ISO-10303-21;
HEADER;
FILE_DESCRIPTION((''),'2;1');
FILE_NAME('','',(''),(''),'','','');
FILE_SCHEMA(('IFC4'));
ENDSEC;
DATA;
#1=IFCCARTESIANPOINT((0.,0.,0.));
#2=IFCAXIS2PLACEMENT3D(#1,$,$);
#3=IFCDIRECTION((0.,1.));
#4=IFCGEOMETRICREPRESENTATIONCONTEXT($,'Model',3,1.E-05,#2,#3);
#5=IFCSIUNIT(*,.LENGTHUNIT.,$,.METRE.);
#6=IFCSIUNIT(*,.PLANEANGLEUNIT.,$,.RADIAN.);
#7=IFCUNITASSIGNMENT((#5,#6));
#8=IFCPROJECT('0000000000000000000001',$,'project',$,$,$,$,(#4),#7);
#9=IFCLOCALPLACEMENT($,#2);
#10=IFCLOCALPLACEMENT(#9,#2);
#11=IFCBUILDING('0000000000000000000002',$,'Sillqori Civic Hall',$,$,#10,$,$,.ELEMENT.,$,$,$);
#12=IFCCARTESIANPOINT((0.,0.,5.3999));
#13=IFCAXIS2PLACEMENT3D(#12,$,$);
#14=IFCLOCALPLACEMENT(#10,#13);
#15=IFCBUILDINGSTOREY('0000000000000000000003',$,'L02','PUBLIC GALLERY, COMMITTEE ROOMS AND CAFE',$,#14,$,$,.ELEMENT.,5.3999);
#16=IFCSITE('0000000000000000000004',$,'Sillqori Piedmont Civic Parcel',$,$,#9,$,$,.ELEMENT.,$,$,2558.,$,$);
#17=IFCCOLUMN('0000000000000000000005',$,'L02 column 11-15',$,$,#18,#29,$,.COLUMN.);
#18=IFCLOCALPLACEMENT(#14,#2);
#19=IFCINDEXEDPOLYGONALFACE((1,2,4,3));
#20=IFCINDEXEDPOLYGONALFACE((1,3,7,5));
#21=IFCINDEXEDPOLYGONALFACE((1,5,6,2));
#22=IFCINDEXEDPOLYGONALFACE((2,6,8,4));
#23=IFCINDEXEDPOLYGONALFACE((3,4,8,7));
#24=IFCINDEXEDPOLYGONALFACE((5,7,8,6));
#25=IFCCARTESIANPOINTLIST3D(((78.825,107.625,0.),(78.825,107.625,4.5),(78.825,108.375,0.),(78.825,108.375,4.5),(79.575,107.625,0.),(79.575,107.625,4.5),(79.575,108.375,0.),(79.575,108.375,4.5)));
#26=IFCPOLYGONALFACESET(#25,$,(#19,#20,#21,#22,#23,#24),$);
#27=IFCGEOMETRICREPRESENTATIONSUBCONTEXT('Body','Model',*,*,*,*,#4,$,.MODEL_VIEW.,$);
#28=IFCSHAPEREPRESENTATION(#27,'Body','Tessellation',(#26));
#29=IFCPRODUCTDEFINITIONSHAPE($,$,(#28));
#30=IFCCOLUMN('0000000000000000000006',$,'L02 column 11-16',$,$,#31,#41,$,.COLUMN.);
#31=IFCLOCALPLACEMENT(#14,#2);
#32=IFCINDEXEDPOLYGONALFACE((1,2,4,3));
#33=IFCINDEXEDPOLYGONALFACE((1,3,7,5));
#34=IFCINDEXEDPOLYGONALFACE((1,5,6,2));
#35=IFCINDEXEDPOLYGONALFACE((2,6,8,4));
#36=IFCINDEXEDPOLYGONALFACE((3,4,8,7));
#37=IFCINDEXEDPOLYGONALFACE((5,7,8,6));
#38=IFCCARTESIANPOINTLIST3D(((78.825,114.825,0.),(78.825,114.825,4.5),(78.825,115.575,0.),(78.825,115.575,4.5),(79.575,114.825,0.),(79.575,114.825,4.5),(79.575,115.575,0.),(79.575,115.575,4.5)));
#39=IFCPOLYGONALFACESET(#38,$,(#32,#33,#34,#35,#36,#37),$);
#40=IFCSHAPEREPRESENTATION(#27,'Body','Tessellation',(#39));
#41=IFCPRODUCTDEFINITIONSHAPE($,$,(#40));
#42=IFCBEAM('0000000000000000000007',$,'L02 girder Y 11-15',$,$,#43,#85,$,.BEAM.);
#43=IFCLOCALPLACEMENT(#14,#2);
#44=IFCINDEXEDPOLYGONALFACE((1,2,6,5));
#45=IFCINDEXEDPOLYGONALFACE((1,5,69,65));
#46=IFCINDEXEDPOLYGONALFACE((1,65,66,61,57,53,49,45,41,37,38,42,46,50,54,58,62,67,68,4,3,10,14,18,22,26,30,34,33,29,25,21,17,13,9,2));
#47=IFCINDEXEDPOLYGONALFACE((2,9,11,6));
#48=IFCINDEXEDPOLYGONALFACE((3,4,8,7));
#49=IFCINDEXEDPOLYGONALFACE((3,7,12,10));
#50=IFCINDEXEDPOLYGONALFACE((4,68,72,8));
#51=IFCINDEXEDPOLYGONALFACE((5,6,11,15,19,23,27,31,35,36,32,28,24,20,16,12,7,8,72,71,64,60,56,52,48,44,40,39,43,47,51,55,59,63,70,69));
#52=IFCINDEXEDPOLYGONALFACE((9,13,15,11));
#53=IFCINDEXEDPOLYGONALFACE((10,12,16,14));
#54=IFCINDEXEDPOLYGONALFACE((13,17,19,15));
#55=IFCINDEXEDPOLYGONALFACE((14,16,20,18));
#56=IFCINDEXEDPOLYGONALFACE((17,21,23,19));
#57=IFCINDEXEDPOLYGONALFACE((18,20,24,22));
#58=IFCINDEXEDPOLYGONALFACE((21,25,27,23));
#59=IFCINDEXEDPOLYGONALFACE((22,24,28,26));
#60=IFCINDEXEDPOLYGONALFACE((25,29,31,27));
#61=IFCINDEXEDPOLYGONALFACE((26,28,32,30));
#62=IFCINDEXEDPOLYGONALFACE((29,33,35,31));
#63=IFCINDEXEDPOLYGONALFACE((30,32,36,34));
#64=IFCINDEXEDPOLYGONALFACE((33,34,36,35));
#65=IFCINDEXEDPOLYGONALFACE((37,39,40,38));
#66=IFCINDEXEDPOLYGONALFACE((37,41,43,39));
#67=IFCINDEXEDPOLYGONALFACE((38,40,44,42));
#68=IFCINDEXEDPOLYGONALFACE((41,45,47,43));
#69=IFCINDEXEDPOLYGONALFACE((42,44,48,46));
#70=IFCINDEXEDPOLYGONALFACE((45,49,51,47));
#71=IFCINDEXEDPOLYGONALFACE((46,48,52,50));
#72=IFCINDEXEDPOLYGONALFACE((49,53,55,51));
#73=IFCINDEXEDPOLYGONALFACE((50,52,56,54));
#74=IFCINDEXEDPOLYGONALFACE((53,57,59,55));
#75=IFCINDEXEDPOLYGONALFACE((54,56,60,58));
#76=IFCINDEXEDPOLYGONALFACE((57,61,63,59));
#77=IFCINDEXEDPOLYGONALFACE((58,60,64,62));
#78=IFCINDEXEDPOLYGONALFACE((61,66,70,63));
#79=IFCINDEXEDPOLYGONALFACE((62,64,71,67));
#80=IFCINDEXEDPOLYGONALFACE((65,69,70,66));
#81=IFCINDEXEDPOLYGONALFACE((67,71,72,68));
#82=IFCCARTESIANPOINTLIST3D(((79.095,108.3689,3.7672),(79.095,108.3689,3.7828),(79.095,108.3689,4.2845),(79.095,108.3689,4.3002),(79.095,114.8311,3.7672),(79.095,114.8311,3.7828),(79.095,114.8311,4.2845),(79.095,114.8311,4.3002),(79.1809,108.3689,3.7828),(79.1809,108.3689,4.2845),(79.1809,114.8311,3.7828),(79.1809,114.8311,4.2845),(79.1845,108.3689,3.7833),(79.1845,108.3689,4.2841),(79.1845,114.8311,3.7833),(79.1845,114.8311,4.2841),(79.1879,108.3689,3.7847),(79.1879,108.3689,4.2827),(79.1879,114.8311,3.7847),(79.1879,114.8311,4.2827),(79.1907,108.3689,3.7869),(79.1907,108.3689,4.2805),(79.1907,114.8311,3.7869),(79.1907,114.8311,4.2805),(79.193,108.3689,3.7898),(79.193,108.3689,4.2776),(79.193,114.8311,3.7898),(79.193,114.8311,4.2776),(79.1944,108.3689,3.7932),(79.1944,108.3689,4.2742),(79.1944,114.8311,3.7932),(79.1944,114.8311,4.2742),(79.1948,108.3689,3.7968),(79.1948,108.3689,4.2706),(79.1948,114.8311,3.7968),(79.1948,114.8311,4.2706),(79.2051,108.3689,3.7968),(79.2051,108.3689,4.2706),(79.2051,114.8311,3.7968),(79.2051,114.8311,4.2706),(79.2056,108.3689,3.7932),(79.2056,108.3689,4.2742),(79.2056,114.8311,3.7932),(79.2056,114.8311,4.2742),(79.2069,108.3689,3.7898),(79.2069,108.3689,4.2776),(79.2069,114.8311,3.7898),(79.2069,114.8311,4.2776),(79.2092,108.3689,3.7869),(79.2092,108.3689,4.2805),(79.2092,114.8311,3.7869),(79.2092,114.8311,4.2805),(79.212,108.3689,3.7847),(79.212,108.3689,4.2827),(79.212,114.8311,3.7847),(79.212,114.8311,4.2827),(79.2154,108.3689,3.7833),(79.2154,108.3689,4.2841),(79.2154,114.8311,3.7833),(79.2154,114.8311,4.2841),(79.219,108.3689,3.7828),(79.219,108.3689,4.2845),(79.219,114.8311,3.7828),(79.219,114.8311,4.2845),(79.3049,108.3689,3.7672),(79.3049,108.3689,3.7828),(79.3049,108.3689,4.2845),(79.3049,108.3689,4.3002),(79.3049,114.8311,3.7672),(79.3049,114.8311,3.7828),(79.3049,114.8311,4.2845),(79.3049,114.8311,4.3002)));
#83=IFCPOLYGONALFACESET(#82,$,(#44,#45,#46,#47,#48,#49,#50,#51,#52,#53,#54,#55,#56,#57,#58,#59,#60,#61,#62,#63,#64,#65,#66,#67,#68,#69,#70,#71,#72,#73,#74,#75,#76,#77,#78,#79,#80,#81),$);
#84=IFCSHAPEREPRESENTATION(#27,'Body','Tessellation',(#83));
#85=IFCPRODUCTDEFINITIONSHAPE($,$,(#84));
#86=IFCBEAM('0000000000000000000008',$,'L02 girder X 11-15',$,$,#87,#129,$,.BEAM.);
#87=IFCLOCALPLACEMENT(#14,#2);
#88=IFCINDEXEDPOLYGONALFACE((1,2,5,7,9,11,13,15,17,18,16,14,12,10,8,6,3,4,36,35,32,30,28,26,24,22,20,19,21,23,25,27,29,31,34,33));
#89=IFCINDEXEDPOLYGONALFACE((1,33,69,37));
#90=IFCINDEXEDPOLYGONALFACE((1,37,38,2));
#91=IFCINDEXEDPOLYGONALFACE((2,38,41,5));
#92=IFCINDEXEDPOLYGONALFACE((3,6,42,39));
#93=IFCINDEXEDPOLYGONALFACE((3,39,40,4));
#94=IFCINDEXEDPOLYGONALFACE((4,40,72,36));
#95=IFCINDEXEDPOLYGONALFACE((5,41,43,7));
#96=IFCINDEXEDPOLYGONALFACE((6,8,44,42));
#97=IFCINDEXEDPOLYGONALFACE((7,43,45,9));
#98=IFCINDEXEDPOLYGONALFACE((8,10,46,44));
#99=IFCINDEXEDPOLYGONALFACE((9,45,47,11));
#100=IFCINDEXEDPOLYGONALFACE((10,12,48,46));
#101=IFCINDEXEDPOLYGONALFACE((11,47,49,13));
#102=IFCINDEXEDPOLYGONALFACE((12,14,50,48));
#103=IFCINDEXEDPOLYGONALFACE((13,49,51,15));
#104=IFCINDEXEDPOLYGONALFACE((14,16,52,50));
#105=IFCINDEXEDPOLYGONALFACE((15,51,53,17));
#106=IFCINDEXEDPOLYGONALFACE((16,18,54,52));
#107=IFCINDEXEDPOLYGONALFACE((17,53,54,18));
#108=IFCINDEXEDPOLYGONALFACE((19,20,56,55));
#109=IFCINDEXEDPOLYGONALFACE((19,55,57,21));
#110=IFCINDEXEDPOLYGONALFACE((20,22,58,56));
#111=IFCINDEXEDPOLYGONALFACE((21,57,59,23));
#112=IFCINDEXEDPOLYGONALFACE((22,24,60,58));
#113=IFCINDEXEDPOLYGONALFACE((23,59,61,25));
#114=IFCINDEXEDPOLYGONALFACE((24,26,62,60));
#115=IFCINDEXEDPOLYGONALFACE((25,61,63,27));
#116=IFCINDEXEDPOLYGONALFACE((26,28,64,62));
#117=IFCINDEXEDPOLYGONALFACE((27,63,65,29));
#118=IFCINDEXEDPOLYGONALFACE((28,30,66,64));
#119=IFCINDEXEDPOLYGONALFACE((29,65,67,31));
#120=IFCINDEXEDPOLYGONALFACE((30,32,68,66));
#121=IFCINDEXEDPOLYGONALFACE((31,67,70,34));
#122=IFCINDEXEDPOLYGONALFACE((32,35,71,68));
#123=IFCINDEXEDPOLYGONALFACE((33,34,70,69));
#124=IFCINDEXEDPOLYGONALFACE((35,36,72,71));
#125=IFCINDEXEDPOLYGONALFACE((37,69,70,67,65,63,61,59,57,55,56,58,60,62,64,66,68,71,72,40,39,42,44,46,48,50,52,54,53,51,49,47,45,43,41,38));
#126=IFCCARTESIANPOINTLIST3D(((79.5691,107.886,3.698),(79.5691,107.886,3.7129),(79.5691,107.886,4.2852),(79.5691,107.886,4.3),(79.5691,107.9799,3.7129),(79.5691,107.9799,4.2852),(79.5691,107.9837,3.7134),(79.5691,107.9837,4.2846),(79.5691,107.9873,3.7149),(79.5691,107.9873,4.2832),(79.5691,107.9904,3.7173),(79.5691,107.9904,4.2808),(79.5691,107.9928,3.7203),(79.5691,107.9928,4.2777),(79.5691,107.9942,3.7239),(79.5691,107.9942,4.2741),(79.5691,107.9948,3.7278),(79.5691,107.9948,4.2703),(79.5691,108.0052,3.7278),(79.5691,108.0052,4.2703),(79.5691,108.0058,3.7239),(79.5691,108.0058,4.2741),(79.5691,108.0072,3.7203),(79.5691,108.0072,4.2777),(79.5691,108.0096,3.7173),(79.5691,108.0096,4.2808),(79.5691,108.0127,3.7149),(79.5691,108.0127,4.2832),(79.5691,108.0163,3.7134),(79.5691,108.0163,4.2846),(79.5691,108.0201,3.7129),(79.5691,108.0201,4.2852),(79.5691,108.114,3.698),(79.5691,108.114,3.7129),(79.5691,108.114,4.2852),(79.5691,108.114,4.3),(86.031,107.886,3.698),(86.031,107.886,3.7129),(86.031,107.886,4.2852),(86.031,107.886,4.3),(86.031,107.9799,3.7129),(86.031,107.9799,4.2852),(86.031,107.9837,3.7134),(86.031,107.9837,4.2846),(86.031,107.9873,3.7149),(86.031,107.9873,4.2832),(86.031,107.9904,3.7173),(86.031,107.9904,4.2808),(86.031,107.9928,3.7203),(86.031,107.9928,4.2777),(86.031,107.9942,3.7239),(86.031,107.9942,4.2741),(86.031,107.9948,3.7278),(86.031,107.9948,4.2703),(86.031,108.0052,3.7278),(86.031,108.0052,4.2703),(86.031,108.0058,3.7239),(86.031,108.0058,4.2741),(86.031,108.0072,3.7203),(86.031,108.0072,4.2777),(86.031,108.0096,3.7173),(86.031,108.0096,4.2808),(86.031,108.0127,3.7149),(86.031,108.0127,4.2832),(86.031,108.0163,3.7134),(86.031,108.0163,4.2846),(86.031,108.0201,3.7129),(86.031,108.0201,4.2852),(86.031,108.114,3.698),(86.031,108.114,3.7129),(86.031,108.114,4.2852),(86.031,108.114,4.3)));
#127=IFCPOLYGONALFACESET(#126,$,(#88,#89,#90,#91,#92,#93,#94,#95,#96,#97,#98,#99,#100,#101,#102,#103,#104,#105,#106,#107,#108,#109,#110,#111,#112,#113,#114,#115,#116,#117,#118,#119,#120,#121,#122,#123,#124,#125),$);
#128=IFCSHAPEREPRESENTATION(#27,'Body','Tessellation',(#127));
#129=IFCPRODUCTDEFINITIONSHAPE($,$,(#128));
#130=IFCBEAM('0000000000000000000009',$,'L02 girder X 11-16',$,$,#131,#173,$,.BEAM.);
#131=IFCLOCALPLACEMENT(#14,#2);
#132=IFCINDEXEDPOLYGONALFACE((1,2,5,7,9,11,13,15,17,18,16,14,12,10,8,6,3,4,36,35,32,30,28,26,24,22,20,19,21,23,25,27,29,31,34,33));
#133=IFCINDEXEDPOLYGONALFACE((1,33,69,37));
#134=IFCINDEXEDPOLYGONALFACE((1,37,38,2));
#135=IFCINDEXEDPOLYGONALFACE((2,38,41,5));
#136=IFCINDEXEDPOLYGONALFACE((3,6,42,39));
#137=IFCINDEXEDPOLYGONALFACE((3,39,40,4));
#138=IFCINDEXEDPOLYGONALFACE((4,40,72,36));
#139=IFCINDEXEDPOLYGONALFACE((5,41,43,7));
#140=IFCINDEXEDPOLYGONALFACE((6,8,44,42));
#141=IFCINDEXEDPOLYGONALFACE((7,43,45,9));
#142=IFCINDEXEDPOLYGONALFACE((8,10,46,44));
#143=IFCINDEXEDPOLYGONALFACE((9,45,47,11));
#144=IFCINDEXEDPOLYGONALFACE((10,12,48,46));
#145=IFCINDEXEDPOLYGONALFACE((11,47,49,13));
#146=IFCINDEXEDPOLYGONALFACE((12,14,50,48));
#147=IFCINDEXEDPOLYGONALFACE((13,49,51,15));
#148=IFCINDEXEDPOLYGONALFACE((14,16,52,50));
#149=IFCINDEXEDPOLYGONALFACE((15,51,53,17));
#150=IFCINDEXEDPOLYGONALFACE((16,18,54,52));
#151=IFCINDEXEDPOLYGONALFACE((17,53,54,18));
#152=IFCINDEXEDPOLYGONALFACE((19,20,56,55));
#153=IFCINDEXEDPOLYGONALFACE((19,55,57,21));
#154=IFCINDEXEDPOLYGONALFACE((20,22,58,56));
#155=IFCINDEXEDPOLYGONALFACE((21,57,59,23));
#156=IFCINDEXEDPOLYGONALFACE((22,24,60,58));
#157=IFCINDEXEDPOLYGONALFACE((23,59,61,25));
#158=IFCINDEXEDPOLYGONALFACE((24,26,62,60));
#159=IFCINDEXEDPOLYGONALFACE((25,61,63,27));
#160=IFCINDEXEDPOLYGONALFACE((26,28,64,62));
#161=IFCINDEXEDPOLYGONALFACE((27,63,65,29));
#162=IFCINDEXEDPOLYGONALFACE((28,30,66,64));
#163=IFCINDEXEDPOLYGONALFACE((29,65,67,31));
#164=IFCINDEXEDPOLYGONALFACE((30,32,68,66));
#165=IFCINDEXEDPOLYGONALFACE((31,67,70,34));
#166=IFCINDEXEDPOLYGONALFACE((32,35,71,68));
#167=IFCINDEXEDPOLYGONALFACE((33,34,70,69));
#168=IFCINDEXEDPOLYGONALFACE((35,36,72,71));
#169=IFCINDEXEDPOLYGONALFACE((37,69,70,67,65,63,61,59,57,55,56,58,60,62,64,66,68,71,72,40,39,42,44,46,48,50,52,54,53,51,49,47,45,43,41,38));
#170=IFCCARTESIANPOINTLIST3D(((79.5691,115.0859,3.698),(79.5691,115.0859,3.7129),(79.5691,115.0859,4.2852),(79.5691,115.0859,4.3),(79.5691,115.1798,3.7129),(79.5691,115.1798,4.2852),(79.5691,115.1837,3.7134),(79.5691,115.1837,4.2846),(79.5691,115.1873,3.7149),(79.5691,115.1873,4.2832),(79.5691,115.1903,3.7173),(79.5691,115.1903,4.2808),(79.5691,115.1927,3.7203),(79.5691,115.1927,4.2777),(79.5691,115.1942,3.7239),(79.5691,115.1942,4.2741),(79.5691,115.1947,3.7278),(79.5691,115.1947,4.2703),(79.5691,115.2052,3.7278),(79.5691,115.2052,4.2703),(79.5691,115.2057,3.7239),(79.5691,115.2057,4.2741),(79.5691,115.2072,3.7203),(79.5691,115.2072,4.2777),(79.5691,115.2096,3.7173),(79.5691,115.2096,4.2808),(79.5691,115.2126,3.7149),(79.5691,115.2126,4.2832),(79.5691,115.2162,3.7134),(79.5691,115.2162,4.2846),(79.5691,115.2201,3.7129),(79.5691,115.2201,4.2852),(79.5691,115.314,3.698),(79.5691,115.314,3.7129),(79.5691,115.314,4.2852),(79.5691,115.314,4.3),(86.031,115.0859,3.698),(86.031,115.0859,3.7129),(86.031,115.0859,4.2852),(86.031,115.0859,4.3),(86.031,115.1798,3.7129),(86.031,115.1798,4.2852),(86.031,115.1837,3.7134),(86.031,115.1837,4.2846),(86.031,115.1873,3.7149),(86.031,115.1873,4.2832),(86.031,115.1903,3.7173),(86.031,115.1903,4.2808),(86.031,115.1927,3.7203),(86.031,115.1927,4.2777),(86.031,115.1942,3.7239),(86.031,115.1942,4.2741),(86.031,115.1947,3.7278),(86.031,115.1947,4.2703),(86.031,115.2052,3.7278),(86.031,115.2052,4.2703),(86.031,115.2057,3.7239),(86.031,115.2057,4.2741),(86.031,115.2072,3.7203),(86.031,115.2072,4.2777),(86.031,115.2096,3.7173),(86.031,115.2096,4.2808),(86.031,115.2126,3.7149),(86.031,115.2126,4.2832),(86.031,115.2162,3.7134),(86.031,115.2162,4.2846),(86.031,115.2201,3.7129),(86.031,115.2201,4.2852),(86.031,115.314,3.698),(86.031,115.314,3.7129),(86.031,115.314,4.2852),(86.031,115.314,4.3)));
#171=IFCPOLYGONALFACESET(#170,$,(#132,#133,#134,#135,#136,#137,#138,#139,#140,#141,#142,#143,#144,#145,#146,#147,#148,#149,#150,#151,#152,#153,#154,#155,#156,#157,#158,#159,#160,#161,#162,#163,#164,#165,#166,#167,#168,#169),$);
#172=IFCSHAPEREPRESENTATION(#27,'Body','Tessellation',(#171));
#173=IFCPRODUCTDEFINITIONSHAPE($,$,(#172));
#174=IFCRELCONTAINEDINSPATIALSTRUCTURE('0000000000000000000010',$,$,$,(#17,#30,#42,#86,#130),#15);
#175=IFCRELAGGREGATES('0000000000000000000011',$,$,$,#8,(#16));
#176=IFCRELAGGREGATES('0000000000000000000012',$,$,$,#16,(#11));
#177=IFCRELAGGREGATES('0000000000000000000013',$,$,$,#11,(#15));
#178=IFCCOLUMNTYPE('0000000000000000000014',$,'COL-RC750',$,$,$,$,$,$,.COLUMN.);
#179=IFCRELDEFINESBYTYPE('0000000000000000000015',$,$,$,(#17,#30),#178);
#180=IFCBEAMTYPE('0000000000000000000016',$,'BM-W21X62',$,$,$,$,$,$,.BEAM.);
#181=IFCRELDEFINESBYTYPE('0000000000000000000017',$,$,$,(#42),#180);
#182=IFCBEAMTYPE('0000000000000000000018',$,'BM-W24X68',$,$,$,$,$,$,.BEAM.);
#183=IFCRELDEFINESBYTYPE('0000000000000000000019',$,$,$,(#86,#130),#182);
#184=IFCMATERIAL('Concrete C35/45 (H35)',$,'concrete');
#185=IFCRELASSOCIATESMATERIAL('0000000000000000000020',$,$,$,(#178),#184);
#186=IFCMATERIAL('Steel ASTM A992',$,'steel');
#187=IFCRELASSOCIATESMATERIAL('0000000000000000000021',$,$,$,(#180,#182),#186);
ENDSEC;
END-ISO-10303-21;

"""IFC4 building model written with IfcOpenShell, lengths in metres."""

from ifc_helpers import new_model, si_unit, direction, frame, origin, origin_2d, place, context, subcontext, project, spatial, rectangle, i_section, extrude, material, material_profile, profile_set, type_object, element, save


model = new_model("IFC4")

# Units and contexts
model_context = context("Model", 3, precision=1e-05, world=origin(), true_north=direction((0.0, 1.0)))
body_context = subcontext(model_context, "Body", "Model", "MODEL_VIEW")
ifc_project = project(units=[si_unit("LENGTHUNIT", "METRE"), si_unit("PLANEANGLEUNIT", "RADIAN")], contexts=[model_context])

# Site, building, storey
site_placement = place(None, origin())
site = spatial("IfcSite", under=ifc_project, at=site_placement, Name="Sillqori Piedmont Civic Parcel", CompositionType="ELEMENT", RefElevation=2558.0)
building_placement = place(site_placement, origin())
building = spatial("IfcBuilding", under=site, at=building_placement, Name="Sillqori Civic Hall", CompositionType="ELEMENT")
storey_placement = place(building_placement, frame((0.0, 0.0, 5.3999)))
storey = spatial("IfcBuildingStorey", under=building, at=storey_placement, Name="L02", Description="PUBLIC GALLERY, COMMITTEE ROOMS AND CAFE", CompositionType="ELEMENT", Elevation=5.3999)

# Columns
ifc_material_1 = material(Name="Concrete C35/45 (H35)", Category="concrete")
ifc_material_profile_1 = material_profile(ifc_material_1, rectangle(XDim=0.75, YDim=0.75, at=origin_2d()), Name="RC 750x750")
ifc_profile_set_1 = profile_set([ifc_material_profile_1], Name="Concrete C35/45 (H35)")
column_type = type_object("IfcColumnType", Name="COL-RC750", PredefinedType="COLUMN", material=ifc_profile_set_1)
for number, where, z_axis, x_axis, name in (
    (1, (79.2, 108.0, 0.0), (0.0, 0.0, 1.0), (1.0, 0.0, 0.0), "L02 column 11-15"),
    (2, (79.2, 115.2, 0.0), (0.0, 0.0, 1.0), (1.0, 0.0, 0.0), "L02 column 11-16"),
):
    element("IfcColumn", number, at=place(storey_placement, frame(where, z_axis=z_axis, x_axis=x_axis)), inside=storey, type_object=column_type, Name=name, PredefinedType="COLUMN", context=body_context, shape_type="SweptSolid", body=[
        extrude(rectangle(XDim=0.75, YDim=0.75, at=origin_2d()), origin(), (0.0, 0.0, 1.0), 4.5),
    ])

# Beams
ifc_material_2 = material(Name="Steel ASTM A992", Category="steel")
ifc_material_profile_2 = material_profile(ifc_material_2, i_section(OverallWidth=0.21, OverallDepth=0.533, WebThickness=0.0103, FlangeThickness=0.0156, FilletRadius=0.0139, at=origin_2d()), Name="W21X62")
ifc_profile_set_2 = profile_set([ifc_material_profile_2], Name="Steel ASTM A992")
beam_type_1 = type_object("IfcBeamType", Name="BM-W21X62", PredefinedType="BEAM", material=ifc_profile_set_2)
beam_1_placement = place(storey_placement, frame((79.2, 108.3689, 4.0337), z_axis=(0.0, 1.0, 0.0), x_axis=(-1.0, 0.0, 0.0)))
element("IfcBeam", 3, at=beam_1_placement, inside=storey, type_object=beam_type_1, Name="L02 girder Y 11-15", PredefinedType="BEAM", context=body_context, shape_type="SweptSolid", body=[
    extrude(i_section(OverallWidth=0.21, OverallDepth=0.533, WebThickness=0.0103, FlangeThickness=0.0156, FilletRadius=0.0139, at=origin_2d()), origin(), (0.0, 0.0, 1.0), 6.4622),
])
ifc_material_profile_3 = material_profile(ifc_material_2, i_section(OverallWidth=0.228, OverallDepth=0.6021, WebThickness=0.0105, FlangeThickness=0.0149, FilletRadius=0.0149, at=origin_2d()), Name="W24X68")
ifc_profile_set_3 = profile_set([ifc_material_profile_3], Name="Steel ASTM A992")
beam_type_2 = type_object("IfcBeamType", Name="BM-W24X68", PredefinedType="BEAM", material=ifc_profile_set_3)
for number, where, z_axis, x_axis, name in (
    (4, (79.5691, 108.0, 3.999), (1.0, 0.0, 0.0), (0.0, 1.0, 0.0), "L02 girder X 11-15"),
    (5, (79.5691, 115.2, 3.999), (1.0, 0.0, 0.0), (0.0, 1.0, 0.0), "L02 girder X 11-16"),
):
    element("IfcBeam", number, at=place(storey_placement, frame(where, z_axis=z_axis, x_axis=x_axis)), inside=storey, type_object=beam_type_2, Name=name, PredefinedType="BEAM", context=body_context, shape_type="SweptSolid", body=[
        extrude(i_section(OverallWidth=0.228, OverallDepth=0.6021, WebThickness=0.0105, FlangeThickness=0.0149, FilletRadius=0.0149, at=origin_2d()), origin(), (0.0, 0.0, 1.0), 6.4619),
    ])

save(model, "model.ifc")
